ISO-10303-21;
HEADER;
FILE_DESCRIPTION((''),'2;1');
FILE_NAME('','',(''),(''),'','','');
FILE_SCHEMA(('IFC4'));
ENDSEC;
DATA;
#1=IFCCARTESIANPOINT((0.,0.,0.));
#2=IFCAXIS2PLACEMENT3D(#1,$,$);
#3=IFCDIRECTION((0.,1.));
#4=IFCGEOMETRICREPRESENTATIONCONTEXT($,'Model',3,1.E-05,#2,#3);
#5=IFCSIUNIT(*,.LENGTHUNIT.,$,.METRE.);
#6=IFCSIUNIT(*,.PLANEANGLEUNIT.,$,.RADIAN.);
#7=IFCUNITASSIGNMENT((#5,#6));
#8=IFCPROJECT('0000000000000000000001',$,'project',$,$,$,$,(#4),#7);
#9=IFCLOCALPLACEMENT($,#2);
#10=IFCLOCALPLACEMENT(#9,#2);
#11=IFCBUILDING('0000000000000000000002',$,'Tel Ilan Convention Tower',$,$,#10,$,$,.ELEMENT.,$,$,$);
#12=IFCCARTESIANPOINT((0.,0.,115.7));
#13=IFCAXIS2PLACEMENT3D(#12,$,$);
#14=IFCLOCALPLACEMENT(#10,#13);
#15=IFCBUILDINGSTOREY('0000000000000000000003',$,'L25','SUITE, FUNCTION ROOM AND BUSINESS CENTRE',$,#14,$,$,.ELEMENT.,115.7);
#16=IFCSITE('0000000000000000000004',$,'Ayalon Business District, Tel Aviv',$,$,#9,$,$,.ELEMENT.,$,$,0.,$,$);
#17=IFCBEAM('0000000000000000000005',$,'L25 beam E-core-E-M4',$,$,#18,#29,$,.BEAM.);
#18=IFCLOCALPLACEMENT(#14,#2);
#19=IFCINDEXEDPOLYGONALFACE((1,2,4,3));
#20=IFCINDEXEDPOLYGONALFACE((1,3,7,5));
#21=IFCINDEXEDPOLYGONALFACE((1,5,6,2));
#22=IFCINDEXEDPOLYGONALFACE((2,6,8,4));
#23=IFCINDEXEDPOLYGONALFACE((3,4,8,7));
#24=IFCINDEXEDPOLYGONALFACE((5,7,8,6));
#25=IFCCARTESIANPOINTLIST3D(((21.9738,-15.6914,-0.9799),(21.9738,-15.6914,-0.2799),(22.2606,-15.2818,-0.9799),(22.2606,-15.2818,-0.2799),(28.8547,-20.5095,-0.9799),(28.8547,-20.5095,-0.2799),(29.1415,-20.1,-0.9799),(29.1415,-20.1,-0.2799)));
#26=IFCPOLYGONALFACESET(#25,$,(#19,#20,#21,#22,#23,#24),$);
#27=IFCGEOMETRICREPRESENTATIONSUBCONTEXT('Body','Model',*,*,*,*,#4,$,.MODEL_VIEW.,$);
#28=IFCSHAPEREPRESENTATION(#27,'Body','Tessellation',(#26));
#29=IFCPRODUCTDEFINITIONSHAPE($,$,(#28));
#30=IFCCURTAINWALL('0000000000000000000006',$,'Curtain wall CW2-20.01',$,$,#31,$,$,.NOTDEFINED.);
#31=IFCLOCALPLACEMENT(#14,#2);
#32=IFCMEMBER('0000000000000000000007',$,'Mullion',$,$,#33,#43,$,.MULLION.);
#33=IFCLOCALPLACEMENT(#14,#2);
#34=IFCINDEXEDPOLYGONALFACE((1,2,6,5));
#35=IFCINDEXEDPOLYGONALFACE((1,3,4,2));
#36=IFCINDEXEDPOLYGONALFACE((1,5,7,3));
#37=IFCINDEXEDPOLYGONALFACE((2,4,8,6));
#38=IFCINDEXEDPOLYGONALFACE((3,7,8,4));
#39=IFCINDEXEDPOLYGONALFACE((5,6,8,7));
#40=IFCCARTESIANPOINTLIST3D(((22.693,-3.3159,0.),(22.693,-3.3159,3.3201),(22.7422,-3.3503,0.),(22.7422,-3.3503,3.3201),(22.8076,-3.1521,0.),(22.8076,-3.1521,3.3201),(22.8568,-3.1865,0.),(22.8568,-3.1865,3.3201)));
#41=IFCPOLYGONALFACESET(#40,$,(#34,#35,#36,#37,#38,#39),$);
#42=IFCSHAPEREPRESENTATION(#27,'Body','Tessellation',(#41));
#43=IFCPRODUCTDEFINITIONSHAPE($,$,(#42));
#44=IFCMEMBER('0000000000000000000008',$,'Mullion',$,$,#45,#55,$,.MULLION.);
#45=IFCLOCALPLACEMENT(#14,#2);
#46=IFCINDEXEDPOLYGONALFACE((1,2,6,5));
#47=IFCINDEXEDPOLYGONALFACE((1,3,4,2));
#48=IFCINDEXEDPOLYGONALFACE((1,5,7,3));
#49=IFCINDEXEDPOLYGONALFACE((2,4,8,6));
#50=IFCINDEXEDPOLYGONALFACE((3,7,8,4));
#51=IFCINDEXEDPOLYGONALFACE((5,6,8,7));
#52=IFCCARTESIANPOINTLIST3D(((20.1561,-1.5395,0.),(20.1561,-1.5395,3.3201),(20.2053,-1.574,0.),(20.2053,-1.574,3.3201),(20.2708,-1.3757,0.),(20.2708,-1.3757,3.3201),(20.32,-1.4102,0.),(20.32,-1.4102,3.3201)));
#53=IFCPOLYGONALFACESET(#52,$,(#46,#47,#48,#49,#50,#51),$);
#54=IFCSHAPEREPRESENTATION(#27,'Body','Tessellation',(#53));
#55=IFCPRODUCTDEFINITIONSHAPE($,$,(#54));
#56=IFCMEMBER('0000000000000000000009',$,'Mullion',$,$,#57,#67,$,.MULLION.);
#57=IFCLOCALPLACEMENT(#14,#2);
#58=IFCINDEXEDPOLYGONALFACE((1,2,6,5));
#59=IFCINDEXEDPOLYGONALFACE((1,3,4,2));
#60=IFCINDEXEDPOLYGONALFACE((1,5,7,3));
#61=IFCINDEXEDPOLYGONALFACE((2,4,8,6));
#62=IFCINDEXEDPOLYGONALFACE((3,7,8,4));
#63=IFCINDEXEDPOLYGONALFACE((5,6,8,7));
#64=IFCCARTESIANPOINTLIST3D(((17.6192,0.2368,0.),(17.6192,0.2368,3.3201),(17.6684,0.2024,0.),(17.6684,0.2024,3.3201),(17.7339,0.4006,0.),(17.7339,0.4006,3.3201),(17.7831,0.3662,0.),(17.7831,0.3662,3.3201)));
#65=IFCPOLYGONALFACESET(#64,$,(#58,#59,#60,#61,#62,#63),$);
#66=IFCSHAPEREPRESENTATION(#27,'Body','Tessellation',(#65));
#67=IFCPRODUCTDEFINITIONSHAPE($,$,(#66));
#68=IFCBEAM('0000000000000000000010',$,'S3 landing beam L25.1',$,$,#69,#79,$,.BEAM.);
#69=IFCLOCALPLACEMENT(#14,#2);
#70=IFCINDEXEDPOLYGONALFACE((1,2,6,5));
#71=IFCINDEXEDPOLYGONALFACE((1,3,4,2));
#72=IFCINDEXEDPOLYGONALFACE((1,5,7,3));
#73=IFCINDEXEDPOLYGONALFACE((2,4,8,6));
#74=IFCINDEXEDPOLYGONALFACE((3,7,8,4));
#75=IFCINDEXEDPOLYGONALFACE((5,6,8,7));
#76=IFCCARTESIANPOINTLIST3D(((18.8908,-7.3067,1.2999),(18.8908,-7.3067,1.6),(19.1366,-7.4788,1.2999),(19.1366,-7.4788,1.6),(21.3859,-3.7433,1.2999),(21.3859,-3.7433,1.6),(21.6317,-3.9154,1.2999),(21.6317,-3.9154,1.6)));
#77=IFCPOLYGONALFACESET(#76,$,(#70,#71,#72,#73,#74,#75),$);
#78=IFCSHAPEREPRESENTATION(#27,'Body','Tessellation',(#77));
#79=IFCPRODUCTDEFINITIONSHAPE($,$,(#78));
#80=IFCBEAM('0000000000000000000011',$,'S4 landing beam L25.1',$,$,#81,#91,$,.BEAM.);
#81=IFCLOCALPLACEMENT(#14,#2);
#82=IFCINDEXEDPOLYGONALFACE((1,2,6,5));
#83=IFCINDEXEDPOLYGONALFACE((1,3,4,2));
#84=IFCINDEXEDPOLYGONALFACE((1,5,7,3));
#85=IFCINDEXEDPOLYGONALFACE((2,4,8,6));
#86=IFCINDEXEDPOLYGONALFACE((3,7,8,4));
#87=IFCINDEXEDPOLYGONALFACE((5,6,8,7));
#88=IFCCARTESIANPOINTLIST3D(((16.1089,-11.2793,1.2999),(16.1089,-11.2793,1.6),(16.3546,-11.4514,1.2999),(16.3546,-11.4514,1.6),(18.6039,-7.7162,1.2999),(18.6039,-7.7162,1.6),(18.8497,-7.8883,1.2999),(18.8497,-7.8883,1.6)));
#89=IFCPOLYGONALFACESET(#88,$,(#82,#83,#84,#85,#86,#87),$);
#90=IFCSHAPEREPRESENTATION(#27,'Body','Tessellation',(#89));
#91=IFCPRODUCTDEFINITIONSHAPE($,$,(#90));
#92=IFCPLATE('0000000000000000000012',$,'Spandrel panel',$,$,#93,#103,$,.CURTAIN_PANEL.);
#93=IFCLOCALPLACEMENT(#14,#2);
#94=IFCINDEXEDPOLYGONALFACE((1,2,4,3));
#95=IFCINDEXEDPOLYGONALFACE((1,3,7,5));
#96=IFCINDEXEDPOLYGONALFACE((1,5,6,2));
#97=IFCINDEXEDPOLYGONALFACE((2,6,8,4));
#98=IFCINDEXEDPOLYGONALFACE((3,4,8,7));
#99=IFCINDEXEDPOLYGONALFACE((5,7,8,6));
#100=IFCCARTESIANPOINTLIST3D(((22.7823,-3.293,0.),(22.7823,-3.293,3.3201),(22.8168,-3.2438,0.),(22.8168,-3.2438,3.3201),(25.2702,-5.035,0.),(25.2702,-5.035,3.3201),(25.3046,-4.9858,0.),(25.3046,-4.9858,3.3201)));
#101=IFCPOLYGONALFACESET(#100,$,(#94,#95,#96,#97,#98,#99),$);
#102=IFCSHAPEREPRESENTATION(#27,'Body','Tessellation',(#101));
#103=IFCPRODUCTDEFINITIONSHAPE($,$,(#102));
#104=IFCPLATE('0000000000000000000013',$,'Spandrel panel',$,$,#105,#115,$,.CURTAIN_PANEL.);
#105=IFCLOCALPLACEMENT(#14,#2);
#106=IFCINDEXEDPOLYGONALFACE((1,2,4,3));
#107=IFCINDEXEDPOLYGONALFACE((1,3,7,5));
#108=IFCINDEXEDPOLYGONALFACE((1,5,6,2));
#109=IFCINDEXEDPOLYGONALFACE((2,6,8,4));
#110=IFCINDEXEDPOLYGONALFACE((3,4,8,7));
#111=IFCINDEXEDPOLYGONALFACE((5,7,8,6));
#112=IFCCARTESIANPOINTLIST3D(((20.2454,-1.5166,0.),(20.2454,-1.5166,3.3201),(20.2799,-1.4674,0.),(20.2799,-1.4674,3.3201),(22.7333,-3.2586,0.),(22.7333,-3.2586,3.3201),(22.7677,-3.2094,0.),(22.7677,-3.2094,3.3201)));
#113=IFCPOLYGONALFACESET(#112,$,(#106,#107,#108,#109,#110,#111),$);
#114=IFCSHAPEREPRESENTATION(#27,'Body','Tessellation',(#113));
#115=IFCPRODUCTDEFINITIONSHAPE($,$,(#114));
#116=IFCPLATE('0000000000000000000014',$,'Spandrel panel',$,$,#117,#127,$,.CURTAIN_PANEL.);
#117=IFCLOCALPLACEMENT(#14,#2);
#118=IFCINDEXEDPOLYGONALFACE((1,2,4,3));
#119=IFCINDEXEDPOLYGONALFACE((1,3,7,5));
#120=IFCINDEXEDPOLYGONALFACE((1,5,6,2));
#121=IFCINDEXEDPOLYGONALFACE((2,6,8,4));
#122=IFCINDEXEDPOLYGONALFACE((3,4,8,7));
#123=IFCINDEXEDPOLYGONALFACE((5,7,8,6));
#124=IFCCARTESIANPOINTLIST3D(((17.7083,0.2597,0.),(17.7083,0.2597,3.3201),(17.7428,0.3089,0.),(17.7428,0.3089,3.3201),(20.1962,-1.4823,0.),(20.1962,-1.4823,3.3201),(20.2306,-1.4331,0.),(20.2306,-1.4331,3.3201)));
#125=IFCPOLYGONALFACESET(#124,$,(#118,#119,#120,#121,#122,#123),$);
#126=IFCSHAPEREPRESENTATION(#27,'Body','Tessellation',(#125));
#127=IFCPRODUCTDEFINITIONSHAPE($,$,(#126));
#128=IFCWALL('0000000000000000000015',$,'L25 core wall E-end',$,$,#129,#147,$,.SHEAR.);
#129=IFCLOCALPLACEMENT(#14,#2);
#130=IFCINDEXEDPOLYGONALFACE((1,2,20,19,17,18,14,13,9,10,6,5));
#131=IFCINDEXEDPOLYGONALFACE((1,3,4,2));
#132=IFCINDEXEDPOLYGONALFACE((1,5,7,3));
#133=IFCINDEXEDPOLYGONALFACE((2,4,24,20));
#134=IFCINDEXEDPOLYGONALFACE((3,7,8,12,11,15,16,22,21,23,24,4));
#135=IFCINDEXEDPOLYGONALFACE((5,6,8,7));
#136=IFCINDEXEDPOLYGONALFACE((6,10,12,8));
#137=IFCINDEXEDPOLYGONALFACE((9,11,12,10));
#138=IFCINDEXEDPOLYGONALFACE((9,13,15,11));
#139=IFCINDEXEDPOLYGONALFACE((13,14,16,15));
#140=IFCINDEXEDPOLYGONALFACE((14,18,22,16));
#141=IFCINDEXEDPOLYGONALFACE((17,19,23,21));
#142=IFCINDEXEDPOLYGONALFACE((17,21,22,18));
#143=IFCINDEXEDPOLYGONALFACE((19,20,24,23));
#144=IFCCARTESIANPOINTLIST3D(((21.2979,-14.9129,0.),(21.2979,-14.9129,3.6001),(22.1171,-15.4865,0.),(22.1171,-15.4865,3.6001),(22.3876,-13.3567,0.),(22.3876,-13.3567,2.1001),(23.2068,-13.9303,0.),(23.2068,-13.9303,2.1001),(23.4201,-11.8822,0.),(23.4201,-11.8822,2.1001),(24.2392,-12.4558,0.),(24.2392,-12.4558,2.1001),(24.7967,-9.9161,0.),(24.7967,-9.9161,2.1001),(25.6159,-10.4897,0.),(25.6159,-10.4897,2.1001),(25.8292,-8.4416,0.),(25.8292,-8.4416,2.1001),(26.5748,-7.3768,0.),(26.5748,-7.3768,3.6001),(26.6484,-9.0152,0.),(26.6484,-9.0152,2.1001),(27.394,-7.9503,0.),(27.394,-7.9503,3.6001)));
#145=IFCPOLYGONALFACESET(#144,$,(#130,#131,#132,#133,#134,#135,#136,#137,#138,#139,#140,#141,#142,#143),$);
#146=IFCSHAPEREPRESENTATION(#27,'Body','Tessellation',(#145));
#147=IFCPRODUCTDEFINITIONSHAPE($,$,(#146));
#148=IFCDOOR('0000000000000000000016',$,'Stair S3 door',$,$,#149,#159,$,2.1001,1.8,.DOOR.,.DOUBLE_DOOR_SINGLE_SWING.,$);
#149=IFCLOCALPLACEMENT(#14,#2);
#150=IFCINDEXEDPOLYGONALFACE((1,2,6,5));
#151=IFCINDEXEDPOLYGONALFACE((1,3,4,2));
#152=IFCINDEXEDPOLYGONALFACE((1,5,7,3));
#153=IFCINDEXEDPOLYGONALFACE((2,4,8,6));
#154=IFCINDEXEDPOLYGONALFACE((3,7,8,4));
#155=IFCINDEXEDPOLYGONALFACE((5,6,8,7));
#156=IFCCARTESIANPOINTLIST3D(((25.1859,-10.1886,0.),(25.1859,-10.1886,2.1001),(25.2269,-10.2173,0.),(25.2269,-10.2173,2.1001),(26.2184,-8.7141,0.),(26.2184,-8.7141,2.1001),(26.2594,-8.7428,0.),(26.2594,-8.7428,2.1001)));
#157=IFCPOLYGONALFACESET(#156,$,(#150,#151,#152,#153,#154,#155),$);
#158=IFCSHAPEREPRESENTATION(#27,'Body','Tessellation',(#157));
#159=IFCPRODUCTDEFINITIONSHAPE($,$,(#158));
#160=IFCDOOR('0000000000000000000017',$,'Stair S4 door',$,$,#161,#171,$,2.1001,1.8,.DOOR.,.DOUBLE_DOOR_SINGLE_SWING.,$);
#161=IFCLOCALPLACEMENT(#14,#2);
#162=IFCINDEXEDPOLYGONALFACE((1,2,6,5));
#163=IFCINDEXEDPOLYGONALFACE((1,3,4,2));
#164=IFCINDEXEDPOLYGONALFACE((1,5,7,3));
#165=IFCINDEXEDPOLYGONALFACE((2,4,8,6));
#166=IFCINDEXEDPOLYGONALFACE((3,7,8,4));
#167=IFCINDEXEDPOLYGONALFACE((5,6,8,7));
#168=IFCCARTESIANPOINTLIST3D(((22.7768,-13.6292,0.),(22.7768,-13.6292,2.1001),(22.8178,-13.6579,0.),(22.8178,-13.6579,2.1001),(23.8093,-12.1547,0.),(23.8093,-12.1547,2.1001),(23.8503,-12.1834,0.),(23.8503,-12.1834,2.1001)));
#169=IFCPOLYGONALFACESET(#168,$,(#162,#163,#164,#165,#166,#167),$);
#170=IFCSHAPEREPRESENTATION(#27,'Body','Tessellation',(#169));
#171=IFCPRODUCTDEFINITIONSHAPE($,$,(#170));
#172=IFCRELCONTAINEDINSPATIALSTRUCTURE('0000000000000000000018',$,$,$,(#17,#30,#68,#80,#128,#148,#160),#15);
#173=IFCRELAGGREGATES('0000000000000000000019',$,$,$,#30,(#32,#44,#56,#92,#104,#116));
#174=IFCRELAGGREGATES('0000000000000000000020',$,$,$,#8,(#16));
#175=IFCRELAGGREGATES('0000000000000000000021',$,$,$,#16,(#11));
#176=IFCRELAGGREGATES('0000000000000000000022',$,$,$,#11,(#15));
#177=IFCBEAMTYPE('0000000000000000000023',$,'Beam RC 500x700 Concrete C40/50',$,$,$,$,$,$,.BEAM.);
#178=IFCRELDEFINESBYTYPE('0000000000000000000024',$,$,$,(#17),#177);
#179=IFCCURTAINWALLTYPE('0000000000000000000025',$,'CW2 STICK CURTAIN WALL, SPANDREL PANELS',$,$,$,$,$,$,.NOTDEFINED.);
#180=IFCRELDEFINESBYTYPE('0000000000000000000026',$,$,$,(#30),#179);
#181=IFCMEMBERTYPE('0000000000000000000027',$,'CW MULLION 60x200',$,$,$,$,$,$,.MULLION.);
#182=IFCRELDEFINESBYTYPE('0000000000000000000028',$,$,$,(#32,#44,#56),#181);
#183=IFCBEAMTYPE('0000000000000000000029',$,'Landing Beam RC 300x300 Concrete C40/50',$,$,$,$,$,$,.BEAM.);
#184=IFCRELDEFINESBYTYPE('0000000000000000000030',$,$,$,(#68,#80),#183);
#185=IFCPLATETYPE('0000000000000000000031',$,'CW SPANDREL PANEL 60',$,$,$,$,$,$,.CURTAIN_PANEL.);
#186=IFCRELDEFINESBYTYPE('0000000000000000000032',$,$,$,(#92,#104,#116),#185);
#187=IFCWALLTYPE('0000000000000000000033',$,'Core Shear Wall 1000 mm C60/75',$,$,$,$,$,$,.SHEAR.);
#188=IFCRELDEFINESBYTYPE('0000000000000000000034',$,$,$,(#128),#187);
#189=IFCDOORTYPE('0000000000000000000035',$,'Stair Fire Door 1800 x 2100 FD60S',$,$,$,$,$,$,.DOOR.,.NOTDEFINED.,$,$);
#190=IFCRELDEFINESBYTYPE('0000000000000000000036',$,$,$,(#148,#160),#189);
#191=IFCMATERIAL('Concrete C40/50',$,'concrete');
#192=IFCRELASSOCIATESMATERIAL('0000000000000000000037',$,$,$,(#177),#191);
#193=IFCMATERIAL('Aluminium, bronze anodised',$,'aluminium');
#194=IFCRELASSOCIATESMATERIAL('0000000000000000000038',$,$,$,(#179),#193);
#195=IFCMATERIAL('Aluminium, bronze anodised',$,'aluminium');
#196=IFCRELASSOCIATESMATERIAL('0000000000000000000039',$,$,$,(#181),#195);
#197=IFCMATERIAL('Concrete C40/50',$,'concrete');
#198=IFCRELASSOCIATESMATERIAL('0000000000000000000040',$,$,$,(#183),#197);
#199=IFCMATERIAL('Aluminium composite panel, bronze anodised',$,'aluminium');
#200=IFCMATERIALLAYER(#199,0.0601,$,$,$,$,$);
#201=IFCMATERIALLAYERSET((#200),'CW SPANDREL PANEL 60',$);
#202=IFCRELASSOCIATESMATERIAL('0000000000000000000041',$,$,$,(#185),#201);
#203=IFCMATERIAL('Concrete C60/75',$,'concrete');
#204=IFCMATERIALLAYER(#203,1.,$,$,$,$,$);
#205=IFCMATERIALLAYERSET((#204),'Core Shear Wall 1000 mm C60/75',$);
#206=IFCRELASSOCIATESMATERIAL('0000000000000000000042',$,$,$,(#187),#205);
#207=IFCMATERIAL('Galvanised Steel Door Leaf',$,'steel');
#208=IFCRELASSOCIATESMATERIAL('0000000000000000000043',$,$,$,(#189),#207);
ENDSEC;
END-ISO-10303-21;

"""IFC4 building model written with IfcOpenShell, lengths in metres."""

from ifc_helpers import new_model, si_unit, direction, frame, frame_2d, origin, origin_2d, place, context, subcontext, project, spatial, polyline, rectangle, outline, extrude, material, layer, layer_set, material_profile, profile_set, type_object, element, fill, aggregate, save


model = new_model("IFC4")

# Units and contexts
model_context = context("Model", 3, precision=1e-05, world=origin(), true_north=direction((0.0, 1.0)))
body_context = subcontext(model_context, "Body", "Model", "MODEL_VIEW")
ifc_project = project(units=[si_unit("LENGTHUNIT", "METRE"), si_unit("PLANEANGLEUNIT", "RADIAN")], contexts=[model_context])

# Site, building, storey
site_placement = place(None, origin())
site = spatial("IfcSite", under=ifc_project, at=site_placement, Name="Ayalon Business District, Tel Aviv", CompositionType="ELEMENT", RefElevation=0.0)
building_placement = place(site_placement, origin())
building = spatial("IfcBuilding", under=site, at=building_placement, Name="Tel Ilan Convention Tower", CompositionType="ELEMENT")
storey_placement = place(building_placement, frame((0.0, 0.0, 115.7)))
storey = spatial("IfcBuildingStorey", under=building, at=storey_placement, Name="L25", Description="SUITE, FUNCTION ROOM AND BUSINESS CENTRE", CompositionType="ELEMENT", Elevation=115.7)

# Beam
ifc_material_1 = material(Name="Concrete C40/50", Category="concrete")
ifc_material_profile_1 = material_profile(ifc_material_1, rectangle(XDim=0.5, YDim=0.7, at=origin_2d()), Name="RC 500x700")
ifc_profile_set_1 = profile_set([ifc_material_profile_1], Name="Concrete C40/50")
beam_type_1 = type_object("IfcBeamType", Name="Beam RC 500x700 Concrete C40/50", PredefinedType="BEAM", material=ifc_profile_set_1)
beam_1_placement = place(storey_placement, frame((22.1172, -15.4866, -0.6299), z_axis=(0.819147, -0.573583, 0.0), x_axis=(0.573583, 0.819147, 0.0)))
element("IfcBeam", 1, at=beam_1_placement, inside=storey, type_object=beam_type_1, Name="L25 beam E-core-E-M4", PredefinedType="BEAM", context=body_context, shape_type="SweptSolid", body=[
    extrude(rectangle(XDim=0.5, YDim=0.7, at=origin_2d()), origin(), (0.0, 0.0, 1.0), 8.4001),
])

# Curtain wall, members
ifc_material_2 = material(Name="Aluminium, bronze anodised", Category="aluminium")
curtain_wall_type = type_object("IfcCurtainWallType", Name="CW2 STICK CURTAIN WALL, SPANDREL PANELS", PredefinedType="NOTDEFINED", material=ifc_material_2)
curtain_wall_placement = place(storey_placement, origin())
curtain_wall = element("IfcCurtainWall", 2, at=curtain_wall_placement, inside=storey, type_object=curtain_wall_type, Name="Curtain wall CW2-20.01", PredefinedType="NOTDEFINED")
ifc_material_3 = material(Name="Aluminium, bronze anodised", Category="aluminium")
ifc_material_profile_2 = material_profile(ifc_material_3, rectangle(XDim=0.0601, YDim=0.2, at=origin_2d()), Name="CW MULLION 60x200")
ifc_profile_set_2 = profile_set([ifc_material_profile_2], Name="Aluminium, bronze anodised")
member_type = type_object("IfcMemberType", Name="CW MULLION 60x200", PredefinedType="MULLION", material=ifc_profile_set_2)
member_1_placement = place(storey_placement, frame((22.7749, -3.2512, 0.0), z_axis=(0.0, 0.0, 1.0), x_axis=(-0.819152, 0.573576, 0.0)))
member_1 = element("IfcMember", 3, at=member_1_placement, type_object=member_type, Name="Mullion", PredefinedType="MULLION", context=body_context, shape_type="SweptSolid", body=[
    extrude(rectangle(XDim=0.0601, YDim=0.2, at=origin_2d()), origin(), (0.0, 0.0, 1.0), 3.3201),
])
member_2_placement = place(storey_placement, frame((20.238, -1.4749, 0.0), z_axis=(0.0, 0.0, 1.0), x_axis=(-0.819152, 0.573576, 0.0)))
member_2 = element("IfcMember", 4, at=member_2_placement, type_object=member_type, Name="Mullion", PredefinedType="MULLION", context=body_context, shape_type="SweptSolid", body=[
    extrude(rectangle(XDim=0.0601, YDim=0.2, at=origin_2d()), origin(), (0.0, 0.0, 1.0), 3.3201),
])
member_3_placement = place(storey_placement, frame((17.7012, 0.3015, 0.0), z_axis=(0.0, 0.0, 1.0), x_axis=(-0.819152, 0.573576, 0.0)))
member_3 = element("IfcMember", 5, at=member_3_placement, type_object=member_type, Name="Mullion", PredefinedType="MULLION", context=body_context, shape_type="SweptSolid", body=[
    extrude(rectangle(XDim=0.0601, YDim=0.2, at=origin_2d()), origin(), (0.0, 0.0, 1.0), 3.3201),
])

# Beams
ifc_material_4 = material(Name="Concrete C40/50", Category="concrete")
ifc_material_profile_3 = material_profile(ifc_material_4, rectangle(XDim=0.3, YDim=0.3, at=origin_2d()), Name="RC 300x300")
ifc_profile_set_3 = profile_set([ifc_material_profile_3], Name="Concrete C40/50")
beam_type_2 = type_object("IfcBeamType", Name="Landing Beam RC 300x300 Concrete C40/50", PredefinedType="BEAM", material=ifc_profile_set_3)
beam_2_placement = place(storey_placement, frame((21.5088, -3.8293, 1.45), z_axis=(-0.573568, -0.819158, 0.0), x_axis=(0.819158, -0.573568, 0.0)))
element("IfcBeam", 6, at=beam_2_placement, inside=storey, type_object=beam_type_2, Name="S3 landing beam L25.1", PredefinedType="BEAM", context=body_context, shape_type="SweptSolid", body=[
    extrude(rectangle(XDim=0.3, YDim=0.3, at=origin_2d()), origin(), (0.0, 0.0, 1.0), 4.3501),
])
beam_3_placement = place(storey_placement, frame((18.7268, -7.8022, 1.45), z_axis=(-0.573594, -0.81914, 0.0), x_axis=(0.81914, -0.573594, 0.0)))
element("IfcBeam", 7, at=beam_3_placement, inside=storey, type_object=beam_type_2, Name="S4 landing beam L25.1", PredefinedType="BEAM", context=body_context, shape_type="SweptSolid", body=[
    extrude(rectangle(XDim=0.3, YDim=0.3, at=origin_2d()), origin(), (0.0, 0.0, 1.0), 4.3499),
])

# Plates
ifc_material_5 = material(Name="Aluminium composite panel, bronze anodised", Category="aluminium")
ifc_layer_1 = layer(ifc_material_5, 0.0601)
ifc_layer_set_1 = layer_set([ifc_layer_1], Name="CW SPANDREL PANEL 60")
plate_type = type_object("IfcPlateType", Name="CW SPANDREL PANEL 60", PredefinedType="CURTAIN_PANEL", material=ifc_layer_set_1)
plate_1_placement = place(storey_placement, frame((24.0435, -4.1394, 0.0), z_axis=(0.0, 0.0, 1.0), x_axis=(-0.819152, 0.573576, 0.0)))
plate_1 = element("IfcPlate", 8, at=plate_1_placement, type_object=plate_type, Name="Spandrel panel", PredefinedType="CURTAIN_PANEL", context=body_context, shape_type="SweptSolid", body=[
    extrude(rectangle(XDim=3.0371, YDim=0.0601, at=origin_2d()), origin(), (0.0, 0.0, 1.0), 3.3201),
])
plate_2_placement = place(storey_placement, frame((21.5066, -2.363, 0.0), z_axis=(0.0, 0.0, 1.0), x_axis=(-0.819152, 0.573576, 0.0)))
plate_2 = element("IfcPlate", 9, at=plate_2_placement, type_object=plate_type, Name="Spandrel panel", PredefinedType="CURTAIN_PANEL", context=body_context, shape_type="SweptSolid", body=[
    extrude(rectangle(XDim=3.0371, YDim=0.0601, at=origin_2d()), origin(), (0.0, 0.0, 1.0), 3.3201),
])
plate_3_placement = place(storey_placement, frame((18.9695, -0.5867, 0.0), z_axis=(0.0, 0.0, 1.0), x_axis=(-0.819152, 0.573576, 0.0)))
plate_3 = element("IfcPlate", 10, at=plate_3_placement, type_object=plate_type, Name="Spandrel panel", PredefinedType="CURTAIN_PANEL", context=body_context, shape_type="SweptSolid", body=[
    extrude(rectangle(XDim=3.0371, YDim=0.0601, at=origin_2d()), origin(), (0.0, 0.0, 1.0), 3.3201),
])
aggregate(curtain_wall, [member_1, member_2, member_3, plate_1, plate_2, plate_3])

# Wall, openings, doors
ifc_material_6 = material(Name="Concrete C60/75", Category="concrete")
ifc_layer_2 = layer(ifc_material_6, 1.0)
ifc_layer_set_2 = layer_set([ifc_layer_2], Name="Core Shear Wall 1000 mm C60/75")
wall_type = type_object("IfcWallType", Name="Core Shear Wall 1000 mm C60/75", PredefinedType="SHEAR", material=ifc_layer_set_2)
wall_placement = place(storey_placement, frame((21.7075, -15.1997, 0.0), z_axis=(0.0, 0.0, 1.0), x_axis=(0.573576, 0.819152, 0.0)))
wall = element("IfcWall", 11, at=wall_placement, inside=storey, type_object=wall_type, Name="L25 core wall E-end", PredefinedType="SHEAR", context=body_context, shape_type="SweptSolid", body=[
    extrude(outline(polyline([(9.2, 0.5), (0.0, 0.5), (0.0, -0.5), (9.2, -0.5), (9.2, 0.5)])), origin(), (0.0, 0.0, 1.0), 3.6001),
])
opening_1_placement = place(wall_placement, frame((6.1001, 0.0, 0.0)))
opening_1 = element("IfcOpeningElement", 12, at=opening_1_placement, cuts=wall, PredefinedType="OPENING", context=body_context, shape_type="SweptSolid", body=[
    extrude(rectangle(XDim=1.8, YDim=2.1001, at=frame_2d((0.8999, 1.05))), frame((0.0, 0.51, 0.0), z_axis=(0.0, -1.0, 0.0), x_axis=(1.0, 0.0, 0.0)), (0.0, 0.0, 1.0), 1.02),
])
opening_2_placement = place(wall_placement, frame((1.8999, 0.0, 0.0)))
opening_2 = element("IfcOpeningElement", 13, at=opening_2_placement, cuts=wall, PredefinedType="OPENING", context=body_context, shape_type="SweptSolid", body=[
    extrude(rectangle(XDim=1.8, YDim=2.1001, at=frame_2d((0.8999, 1.05))), frame((0.0, 0.51, 0.0), z_axis=(0.0, -1.0, 0.0), x_axis=(1.0, 0.0, 0.0)), (0.0, 0.0, 1.0), 1.02),
])
ifc_material_7 = material(Name="Galvanised Steel Door Leaf", Category="steel")
door_type = type_object("IfcDoorType", Name="Stair Fire Door 1800 x 2100 FD60S", OperationType="NOTDEFINED", PredefinedType="DOOR", material=ifc_material_7)
door_1_placement = place(opening_1_placement, origin())
door_1 = element("IfcDoor", 14, at=door_1_placement, inside=storey, type_object=door_type, Name="Stair S3 door", OperationType="DOUBLE_DOOR_SINGLE_SWING", OverallHeight=2.1001, OverallWidth=1.8, PredefinedType="DOOR", context=body_context, shape_type="SweptSolid", body=[
    extrude(rectangle(XDim=1.8, YDim=2.1001, at=frame_2d((0.8999, 1.05))), frame((0.0, 0.0249, 0.0), z_axis=(0.0, -1.0, 0.0), x_axis=(1.0, 0.0, 0.0)), (0.0, 0.0, 1.0), 0.05),
])
fill(opening_1, door_1)
door_2_placement = place(opening_2_placement, origin())
door_2 = element("IfcDoor", 15, at=door_2_placement, inside=storey, type_object=door_type, Name="Stair S4 door", OperationType="DOUBLE_DOOR_SINGLE_SWING", OverallHeight=2.1001, OverallWidth=1.8, PredefinedType="DOOR", context=body_context, shape_type="SweptSolid", body=[
    extrude(rectangle(XDim=1.8, YDim=2.1001, at=frame_2d((0.8999, 1.05))), frame((0.0, 0.0249, 0.0), z_axis=(0.0, -1.0, 0.0), x_axis=(1.0, 0.0, 0.0)), (0.0, 0.0, 1.0), 0.05),
])
fill(opening_2, door_2)

save(model, "model.ifc")
